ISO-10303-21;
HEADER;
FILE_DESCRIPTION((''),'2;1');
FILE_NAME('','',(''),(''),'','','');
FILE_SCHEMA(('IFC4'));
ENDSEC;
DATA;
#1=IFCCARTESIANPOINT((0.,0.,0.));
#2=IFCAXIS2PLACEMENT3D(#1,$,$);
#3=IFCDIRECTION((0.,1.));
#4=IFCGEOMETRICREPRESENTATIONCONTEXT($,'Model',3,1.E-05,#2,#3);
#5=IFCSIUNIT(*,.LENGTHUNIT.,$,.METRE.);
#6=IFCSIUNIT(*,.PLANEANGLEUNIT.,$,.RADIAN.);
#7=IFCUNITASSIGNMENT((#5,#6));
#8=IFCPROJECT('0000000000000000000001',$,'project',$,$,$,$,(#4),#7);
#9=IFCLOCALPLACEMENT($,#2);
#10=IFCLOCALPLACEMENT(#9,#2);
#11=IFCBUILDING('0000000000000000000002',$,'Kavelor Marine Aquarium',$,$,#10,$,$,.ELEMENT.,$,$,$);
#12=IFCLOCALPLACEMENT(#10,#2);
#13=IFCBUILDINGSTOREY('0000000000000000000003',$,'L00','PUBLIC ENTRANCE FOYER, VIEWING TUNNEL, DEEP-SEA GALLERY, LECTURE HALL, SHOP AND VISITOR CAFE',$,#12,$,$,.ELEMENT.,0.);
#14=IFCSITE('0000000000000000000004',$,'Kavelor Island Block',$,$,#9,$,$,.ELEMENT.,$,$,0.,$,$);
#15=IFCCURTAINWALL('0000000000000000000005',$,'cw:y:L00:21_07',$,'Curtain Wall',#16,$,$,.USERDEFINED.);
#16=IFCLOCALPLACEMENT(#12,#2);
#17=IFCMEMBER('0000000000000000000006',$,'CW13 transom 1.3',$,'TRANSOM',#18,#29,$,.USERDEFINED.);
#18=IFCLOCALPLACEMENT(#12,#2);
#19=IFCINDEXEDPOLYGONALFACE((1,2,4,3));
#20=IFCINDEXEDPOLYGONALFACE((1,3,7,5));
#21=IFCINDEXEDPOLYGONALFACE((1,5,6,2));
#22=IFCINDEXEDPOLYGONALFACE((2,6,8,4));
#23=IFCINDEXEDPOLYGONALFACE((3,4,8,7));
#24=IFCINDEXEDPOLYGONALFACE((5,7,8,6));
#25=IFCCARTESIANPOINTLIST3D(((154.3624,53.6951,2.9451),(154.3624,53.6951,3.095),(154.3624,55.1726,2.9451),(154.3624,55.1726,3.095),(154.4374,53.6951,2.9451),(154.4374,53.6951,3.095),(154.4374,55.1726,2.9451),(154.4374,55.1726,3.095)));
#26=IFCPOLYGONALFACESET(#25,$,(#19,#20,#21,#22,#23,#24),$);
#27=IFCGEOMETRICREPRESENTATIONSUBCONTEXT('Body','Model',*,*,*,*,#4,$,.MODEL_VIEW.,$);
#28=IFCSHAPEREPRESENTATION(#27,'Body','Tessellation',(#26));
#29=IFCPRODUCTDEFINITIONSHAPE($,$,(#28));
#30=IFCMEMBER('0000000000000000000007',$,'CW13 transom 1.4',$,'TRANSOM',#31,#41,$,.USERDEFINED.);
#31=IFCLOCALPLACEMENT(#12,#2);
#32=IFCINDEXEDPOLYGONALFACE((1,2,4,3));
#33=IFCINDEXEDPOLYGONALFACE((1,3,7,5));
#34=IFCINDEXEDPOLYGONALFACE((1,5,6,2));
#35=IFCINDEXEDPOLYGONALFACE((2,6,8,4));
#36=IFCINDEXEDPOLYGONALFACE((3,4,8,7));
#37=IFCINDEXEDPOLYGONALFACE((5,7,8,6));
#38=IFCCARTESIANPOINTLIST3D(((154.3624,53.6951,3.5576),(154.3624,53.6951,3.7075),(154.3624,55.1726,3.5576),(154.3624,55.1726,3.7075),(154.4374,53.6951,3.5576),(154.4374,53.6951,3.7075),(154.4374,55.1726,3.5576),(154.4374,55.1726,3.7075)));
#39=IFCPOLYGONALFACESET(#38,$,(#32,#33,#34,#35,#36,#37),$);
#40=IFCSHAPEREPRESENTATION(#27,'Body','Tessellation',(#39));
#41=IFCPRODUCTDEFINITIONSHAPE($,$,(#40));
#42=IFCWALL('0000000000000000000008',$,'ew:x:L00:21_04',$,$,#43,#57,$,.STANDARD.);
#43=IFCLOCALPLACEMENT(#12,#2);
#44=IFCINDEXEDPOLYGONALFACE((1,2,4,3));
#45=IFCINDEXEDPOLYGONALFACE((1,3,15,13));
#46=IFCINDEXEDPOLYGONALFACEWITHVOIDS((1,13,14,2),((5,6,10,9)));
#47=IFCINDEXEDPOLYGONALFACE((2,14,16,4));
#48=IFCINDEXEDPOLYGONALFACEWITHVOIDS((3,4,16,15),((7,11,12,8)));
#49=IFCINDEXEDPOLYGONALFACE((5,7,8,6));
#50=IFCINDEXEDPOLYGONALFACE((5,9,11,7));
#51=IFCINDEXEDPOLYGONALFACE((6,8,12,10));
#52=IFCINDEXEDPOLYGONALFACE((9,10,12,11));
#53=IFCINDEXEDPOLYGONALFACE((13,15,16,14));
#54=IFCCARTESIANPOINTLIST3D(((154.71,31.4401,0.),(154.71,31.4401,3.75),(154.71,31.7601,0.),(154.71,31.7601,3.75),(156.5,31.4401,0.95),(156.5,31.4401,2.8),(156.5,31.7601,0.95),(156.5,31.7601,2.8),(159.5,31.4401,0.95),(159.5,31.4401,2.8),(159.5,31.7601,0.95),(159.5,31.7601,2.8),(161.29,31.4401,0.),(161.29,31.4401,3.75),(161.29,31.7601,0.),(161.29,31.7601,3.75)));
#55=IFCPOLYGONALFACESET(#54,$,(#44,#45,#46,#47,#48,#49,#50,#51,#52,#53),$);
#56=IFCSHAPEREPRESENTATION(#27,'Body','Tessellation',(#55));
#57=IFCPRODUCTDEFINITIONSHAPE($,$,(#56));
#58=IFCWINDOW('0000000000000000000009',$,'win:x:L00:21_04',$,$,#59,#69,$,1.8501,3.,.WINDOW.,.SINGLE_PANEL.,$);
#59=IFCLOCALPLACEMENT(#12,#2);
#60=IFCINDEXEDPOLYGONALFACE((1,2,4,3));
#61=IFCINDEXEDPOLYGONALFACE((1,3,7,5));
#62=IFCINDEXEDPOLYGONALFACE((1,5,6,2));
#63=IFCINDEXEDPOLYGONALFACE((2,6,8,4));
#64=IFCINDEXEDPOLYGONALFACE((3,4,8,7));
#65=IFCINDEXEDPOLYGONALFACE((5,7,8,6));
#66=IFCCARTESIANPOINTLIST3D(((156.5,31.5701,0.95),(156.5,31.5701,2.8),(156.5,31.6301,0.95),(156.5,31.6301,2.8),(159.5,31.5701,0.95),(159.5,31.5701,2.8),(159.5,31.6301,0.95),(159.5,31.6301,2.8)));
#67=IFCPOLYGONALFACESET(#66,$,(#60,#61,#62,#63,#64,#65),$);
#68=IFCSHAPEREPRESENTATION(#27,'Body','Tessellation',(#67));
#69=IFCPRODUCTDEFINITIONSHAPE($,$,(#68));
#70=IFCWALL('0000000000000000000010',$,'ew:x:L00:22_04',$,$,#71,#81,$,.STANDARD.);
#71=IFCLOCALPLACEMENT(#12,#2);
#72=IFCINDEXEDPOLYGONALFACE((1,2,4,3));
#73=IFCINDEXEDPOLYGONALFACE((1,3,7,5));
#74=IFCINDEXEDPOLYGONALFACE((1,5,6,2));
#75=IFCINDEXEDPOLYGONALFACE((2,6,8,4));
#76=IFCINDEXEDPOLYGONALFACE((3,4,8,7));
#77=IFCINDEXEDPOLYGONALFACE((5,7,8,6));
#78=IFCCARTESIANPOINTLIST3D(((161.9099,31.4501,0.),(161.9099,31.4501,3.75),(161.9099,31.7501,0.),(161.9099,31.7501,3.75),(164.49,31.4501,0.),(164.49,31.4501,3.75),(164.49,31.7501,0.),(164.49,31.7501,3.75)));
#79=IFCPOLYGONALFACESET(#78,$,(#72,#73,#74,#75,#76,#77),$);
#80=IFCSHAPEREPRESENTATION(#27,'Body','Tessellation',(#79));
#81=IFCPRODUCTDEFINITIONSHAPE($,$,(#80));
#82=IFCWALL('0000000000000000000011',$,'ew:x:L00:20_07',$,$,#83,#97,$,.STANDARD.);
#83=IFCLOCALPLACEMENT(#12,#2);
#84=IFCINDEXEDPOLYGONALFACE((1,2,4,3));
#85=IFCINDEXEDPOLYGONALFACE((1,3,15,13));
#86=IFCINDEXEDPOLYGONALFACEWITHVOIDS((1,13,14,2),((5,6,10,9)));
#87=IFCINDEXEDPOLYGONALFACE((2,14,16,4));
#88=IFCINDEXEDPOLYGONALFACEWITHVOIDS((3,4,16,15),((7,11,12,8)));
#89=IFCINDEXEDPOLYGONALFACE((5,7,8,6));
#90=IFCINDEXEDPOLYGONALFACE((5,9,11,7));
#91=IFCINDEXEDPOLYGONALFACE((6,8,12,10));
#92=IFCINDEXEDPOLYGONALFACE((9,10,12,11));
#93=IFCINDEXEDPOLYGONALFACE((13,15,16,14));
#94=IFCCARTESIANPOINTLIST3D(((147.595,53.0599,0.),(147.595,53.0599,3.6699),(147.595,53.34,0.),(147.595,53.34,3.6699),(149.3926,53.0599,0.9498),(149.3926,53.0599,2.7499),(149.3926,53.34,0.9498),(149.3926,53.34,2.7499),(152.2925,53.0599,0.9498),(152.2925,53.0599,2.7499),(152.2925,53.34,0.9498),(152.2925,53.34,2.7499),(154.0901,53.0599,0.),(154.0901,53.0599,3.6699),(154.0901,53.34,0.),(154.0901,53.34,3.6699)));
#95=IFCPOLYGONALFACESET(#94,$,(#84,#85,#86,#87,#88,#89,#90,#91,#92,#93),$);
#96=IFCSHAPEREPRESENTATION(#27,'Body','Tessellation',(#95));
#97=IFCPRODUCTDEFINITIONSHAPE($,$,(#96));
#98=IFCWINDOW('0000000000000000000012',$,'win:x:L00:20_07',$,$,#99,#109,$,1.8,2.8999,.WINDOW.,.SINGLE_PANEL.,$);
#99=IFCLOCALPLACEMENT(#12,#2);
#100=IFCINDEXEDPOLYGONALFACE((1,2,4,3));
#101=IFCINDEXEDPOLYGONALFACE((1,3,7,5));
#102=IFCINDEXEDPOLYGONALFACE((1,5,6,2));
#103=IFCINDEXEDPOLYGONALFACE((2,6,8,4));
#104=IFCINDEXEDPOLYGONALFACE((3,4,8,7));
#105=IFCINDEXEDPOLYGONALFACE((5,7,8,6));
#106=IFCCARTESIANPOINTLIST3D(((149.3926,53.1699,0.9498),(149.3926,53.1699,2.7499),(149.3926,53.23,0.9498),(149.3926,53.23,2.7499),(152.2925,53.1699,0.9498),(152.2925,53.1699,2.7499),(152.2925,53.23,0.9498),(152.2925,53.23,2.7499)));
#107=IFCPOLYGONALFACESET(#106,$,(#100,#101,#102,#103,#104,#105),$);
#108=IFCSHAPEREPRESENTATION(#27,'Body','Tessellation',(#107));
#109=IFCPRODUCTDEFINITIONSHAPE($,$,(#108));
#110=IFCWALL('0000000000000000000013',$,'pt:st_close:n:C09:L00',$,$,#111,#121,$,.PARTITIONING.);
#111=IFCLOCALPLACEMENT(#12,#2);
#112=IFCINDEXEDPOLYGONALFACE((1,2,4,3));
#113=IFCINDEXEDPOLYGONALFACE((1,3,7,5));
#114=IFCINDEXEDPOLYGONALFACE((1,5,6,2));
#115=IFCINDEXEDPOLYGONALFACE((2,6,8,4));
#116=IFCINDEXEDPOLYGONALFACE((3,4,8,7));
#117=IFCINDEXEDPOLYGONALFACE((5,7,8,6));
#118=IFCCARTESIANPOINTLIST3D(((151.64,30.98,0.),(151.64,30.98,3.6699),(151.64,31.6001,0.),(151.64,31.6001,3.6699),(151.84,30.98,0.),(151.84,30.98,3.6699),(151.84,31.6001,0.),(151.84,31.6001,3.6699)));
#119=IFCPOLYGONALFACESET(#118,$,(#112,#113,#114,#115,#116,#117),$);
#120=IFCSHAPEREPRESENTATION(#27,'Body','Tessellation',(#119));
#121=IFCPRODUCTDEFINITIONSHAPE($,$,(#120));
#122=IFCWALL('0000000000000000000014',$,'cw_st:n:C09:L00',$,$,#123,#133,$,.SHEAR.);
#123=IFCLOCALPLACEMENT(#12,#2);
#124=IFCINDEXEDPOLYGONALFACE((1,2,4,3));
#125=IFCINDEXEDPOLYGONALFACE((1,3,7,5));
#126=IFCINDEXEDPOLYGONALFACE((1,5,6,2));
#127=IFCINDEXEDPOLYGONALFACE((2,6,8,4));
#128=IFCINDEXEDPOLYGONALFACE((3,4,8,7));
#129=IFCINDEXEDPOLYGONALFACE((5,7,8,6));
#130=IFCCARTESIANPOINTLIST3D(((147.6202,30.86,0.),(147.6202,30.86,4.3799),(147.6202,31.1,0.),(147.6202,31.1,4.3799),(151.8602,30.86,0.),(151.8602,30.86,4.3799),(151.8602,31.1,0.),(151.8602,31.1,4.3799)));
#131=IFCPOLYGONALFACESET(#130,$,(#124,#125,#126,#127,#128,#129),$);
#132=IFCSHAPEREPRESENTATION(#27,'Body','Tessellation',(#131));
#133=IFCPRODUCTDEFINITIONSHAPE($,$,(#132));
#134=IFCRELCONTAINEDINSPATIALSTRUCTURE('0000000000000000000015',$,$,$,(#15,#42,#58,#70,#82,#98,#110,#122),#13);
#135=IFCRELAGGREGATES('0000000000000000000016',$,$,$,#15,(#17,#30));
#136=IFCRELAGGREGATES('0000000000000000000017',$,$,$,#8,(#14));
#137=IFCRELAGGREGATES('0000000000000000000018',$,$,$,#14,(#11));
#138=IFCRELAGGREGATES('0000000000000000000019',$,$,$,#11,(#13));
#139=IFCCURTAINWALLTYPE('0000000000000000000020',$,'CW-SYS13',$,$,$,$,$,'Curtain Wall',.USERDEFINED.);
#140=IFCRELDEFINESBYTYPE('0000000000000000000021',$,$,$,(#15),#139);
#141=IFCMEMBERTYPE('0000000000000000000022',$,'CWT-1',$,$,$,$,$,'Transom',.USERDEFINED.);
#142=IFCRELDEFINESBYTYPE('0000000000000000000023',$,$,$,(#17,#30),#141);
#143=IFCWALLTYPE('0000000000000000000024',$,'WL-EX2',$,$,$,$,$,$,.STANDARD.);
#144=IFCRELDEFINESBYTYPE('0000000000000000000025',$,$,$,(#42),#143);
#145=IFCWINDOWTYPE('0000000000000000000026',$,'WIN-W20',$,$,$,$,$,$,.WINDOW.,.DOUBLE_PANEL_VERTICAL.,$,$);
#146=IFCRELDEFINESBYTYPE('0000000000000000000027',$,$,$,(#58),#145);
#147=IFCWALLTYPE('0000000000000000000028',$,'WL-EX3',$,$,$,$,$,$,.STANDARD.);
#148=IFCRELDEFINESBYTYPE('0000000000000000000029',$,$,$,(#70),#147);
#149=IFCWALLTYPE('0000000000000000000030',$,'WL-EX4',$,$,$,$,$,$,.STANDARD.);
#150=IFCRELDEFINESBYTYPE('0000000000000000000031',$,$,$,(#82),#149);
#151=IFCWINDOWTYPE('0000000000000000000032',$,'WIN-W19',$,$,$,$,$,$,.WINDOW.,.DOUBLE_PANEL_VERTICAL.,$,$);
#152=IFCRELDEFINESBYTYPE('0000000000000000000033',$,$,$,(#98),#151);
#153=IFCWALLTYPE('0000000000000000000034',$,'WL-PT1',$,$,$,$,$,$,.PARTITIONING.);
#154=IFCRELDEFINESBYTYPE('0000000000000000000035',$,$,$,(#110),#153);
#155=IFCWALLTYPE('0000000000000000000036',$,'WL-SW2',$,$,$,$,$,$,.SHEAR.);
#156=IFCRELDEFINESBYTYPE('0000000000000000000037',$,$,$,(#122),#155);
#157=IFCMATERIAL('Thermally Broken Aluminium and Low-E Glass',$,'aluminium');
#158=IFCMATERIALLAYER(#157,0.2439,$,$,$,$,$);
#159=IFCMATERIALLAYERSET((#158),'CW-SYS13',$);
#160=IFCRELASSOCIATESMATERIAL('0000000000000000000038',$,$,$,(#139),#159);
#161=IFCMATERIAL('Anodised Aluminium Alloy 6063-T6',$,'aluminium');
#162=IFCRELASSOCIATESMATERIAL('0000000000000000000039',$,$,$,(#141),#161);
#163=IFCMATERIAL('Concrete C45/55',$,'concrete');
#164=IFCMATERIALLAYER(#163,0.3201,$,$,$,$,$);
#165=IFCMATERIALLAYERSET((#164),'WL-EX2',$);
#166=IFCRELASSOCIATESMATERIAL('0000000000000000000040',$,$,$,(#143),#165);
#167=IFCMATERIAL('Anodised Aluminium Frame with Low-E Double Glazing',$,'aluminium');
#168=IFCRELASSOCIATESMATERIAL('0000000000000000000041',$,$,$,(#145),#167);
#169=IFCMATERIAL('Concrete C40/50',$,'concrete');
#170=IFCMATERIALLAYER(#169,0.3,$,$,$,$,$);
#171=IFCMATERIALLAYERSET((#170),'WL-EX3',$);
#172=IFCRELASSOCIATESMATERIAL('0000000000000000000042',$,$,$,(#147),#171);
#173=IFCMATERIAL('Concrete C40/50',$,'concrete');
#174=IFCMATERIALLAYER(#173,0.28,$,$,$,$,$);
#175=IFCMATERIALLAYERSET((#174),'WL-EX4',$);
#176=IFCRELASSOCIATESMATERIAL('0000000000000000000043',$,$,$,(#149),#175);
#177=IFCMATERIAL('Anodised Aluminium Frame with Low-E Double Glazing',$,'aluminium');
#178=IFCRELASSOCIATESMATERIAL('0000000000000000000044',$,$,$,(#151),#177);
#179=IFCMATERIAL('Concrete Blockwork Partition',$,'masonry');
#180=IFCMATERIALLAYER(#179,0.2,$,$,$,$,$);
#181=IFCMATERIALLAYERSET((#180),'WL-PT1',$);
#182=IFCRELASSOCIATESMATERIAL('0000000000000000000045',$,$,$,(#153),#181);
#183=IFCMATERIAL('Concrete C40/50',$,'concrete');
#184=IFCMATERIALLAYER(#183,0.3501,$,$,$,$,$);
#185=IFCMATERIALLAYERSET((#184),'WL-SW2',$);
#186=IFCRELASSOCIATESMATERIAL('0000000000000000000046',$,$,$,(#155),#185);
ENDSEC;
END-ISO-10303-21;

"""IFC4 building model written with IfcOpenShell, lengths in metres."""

from ifc_helpers import new_model, si_unit, direction, frame, frame_2d, origin, origin_2d, place, context, subcontext, project, spatial, rectangle, extrude, material, layer, layer_set, material_profile, profile_set, type_object, element, fill, aggregate, save


model = new_model("IFC4")

# Units and contexts
model_context = context("Model", 3, precision=1e-05, world=origin(), true_north=direction((0.0, 1.0)))
body_context = subcontext(model_context, "Body", "Model", "MODEL_VIEW")
ifc_project = project(units=[si_unit("LENGTHUNIT", "METRE"), si_unit("PLANEANGLEUNIT", "RADIAN")], contexts=[model_context])

# Site, building, storey
site_placement = place(None, origin())
site = spatial("IfcSite", under=ifc_project, at=site_placement, Name="Kavelor Island Block", CompositionType="ELEMENT", RefElevation=0.0)
building_placement = place(site_placement, origin())
building = spatial("IfcBuilding", under=site, at=building_placement, Name="Kavelor Marine Aquarium", CompositionType="ELEMENT")
storey_placement = place(building_placement, origin())
storey = spatial("IfcBuildingStorey", under=building, at=storey_placement, Name="L00", Description="PUBLIC ENTRANCE FOYER, VIEWING TUNNEL, DEEP-SEA GALLERY, LECTURE HALL, SHOP AND VISITOR CAFE", CompositionType="ELEMENT", Elevation=0.0)

# Curtain wall
ifc_material_1 = material(Name="Thermally Broken Aluminium and Low-E Glass", Category="aluminium")
ifc_layer_1 = layer(ifc_material_1, 0.2439)
ifc_layer_set_1 = layer_set([ifc_layer_1], Name="CW-SYS13")
curtain_wall_type_1 = type_object("IfcCurtainWallType", Name="CW-SYS13", ElementType="Curtain Wall", PredefinedType="USERDEFINED", material=ifc_layer_set_1)
curtain_wall_1_placement = place(storey_placement, origin())
curtain_wall_1 = element("IfcCurtainWall", 1, at=curtain_wall_1_placement, inside=storey, type_object=curtain_wall_type_1, Name="cw:y:L00:21_07", ObjectType="Curtain Wall", PredefinedType="USERDEFINED")

# Members
ifc_material_2 = material(Name="Anodised Aluminium Alloy 6063-T6", Category="aluminium")
ifc_material_profile_1 = material_profile(ifc_material_2, rectangle(XDim=0.075, YDim=0.1499, at=origin_2d()), Name="CW-TRN 75x150")
ifc_profile_set_1 = profile_set([ifc_material_profile_1], Name="Anodised Aluminium Alloy 6063-T6")
member_type_1 = type_object("IfcMemberType", Name="CWT-1", ElementType="Transom", PredefinedType="USERDEFINED", material=ifc_profile_set_1)
member_1_placement = place(storey_placement, frame((154.3999, 53.6951, 3.02), z_axis=(0.0, 1.0, 0.0), x_axis=(-1.0, 0.0, 0.0)))
member_1 = element("IfcMember", 2, at=member_1_placement, type_object=member_type_1, Name="CW13 transom 1.3", ObjectType="TRANSOM", PredefinedType="USERDEFINED", context=body_context, shape_type="SweptSolid", body=[
    extrude(rectangle(XDim=0.075, YDim=0.1499, at=origin_2d()), origin(), (0.0, 0.0, 1.0), 1.4775),
])
member_2_placement = place(storey_placement, frame((154.3999, 53.6951, 3.6326), z_axis=(0.0, 1.0, 0.0), x_axis=(-1.0, 0.0, 0.0)))
member_2 = element("IfcMember", 3, at=member_2_placement, type_object=member_type_1, Name="CW13 transom 1.4", ObjectType="TRANSOM", PredefinedType="USERDEFINED", context=body_context, shape_type="SweptSolid", body=[
    extrude(rectangle(XDim=0.075, YDim=0.1499, at=origin_2d()), origin(), (0.0, 0.0, 1.0), 1.4775),
])
aggregate(curtain_wall_1, [member_1, member_2])

# Wall, opening, window
ifc_material_3 = material(Name="Concrete C45/55", Category="concrete")
ifc_layer_2 = layer(ifc_material_3, 0.3201)
ifc_layer_set_2 = layer_set([ifc_layer_2], Name="WL-EX2")
wall_type_1 = type_object("IfcWallType", Name="WL-EX2", PredefinedType="STANDARD", material=ifc_layer_set_2)
wall_1_placement = place(storey_placement, frame((154.71, 31.6001, 0.0), z_axis=(0.0, 0.0, 1.0), x_axis=(1.0, 0.0, 0.0)))
wall_1 = element("IfcWall", 4, at=wall_1_placement, inside=storey, type_object=wall_type_1, Name="ew:x:L00:21_04", PredefinedType="STANDARD", context=body_context, shape_type="SweptSolid", body=[
    extrude(rectangle(XDim=6.5801, YDim=0.3201, at=frame_2d((3.29, 0.0))), origin(), (0.0, 0.0, 1.0), 3.75),
])
opening_1_placement = place(wall_1_placement, frame((1.79, 0.0, 0.95)))
opening_1 = element("IfcOpeningElement", 5, at=opening_1_placement, cuts=wall_1, PredefinedType="OPENING", context=body_context, shape_type="SweptSolid", body=[
    extrude(rectangle(XDim=3.0, YDim=1.8501, at=frame_2d((1.5, 0.925))), frame((0.0, 0.1699, 0.0), z_axis=(0.0, -1.0, 0.0), x_axis=(1.0, 0.0, 0.0)), (0.0, 0.0, 1.0), 0.3401),
])
ifc_material_4 = material(Name="Anodised Aluminium Frame with Low-E Double Glazing", Category="aluminium")
window_type_1 = type_object("IfcWindowType", Name="WIN-W20", PartitioningType="DOUBLE_PANEL_VERTICAL", PredefinedType="WINDOW", material=ifc_material_4)
window_1_placement = place(opening_1_placement, origin())
window_1 = element("IfcWindow", 6, at=window_1_placement, inside=storey, type_object=window_type_1, Name="win:x:L00:21_04", OverallHeight=1.8501, OverallWidth=3.0, PartitioningType="SINGLE_PANEL", PredefinedType="WINDOW", context=body_context, shape_type="SweptSolid", body=[
    extrude(rectangle(XDim=3.0, YDim=1.8501, at=frame_2d((1.5, 0.925))), frame((0.0, 0.03, 0.0), z_axis=(0.0, -1.0, 0.0), x_axis=(1.0, 0.0, 0.0)), (0.0, 0.0, 1.0), 0.0601),
])
fill(opening_1, window_1)

# Wall
ifc_material_5 = material(Name="Concrete C40/50", Category="concrete")
ifc_layer_3 = layer(ifc_material_5, 0.3)
ifc_layer_set_3 = layer_set([ifc_layer_3], Name="WL-EX3")
wall_type_2 = type_object("IfcWallType", Name="WL-EX3", PredefinedType="STANDARD", material=ifc_layer_set_3)
wall_2_placement = place(storey_placement, frame((161.9099, 31.6001, 0.0), z_axis=(0.0, 0.0, 1.0), x_axis=(1.0, 0.0, 0.0)))
element("IfcWall", 7, at=wall_2_placement, inside=storey, type_object=wall_type_2, Name="ew:x:L00:22_04", PredefinedType="STANDARD", context=body_context, shape_type="SweptSolid", body=[
    extrude(rectangle(XDim=2.5801, YDim=0.3, at=frame_2d((1.29, 0.0))), origin(), (0.0, 0.0, 1.0), 3.75),
])

# Wall, opening, window
ifc_material_6 = material(Name="Concrete C40/50", Category="concrete")
ifc_layer_4 = layer(ifc_material_6, 0.28)
ifc_layer_set_4 = layer_set([ifc_layer_4], Name="WL-EX4")
wall_type_3 = type_object("IfcWallType", Name="WL-EX4", PredefinedType="STANDARD", material=ifc_layer_set_4)
wall_3_placement = place(storey_placement, frame((154.0901, 53.2, 0.0), z_axis=(0.0, 0.0, 1.0), x_axis=(-1.0, 0.0, 0.0)))
wall_3 = element("IfcWall", 8, at=wall_3_placement, inside=storey, type_object=wall_type_3, Name="ew:x:L00:20_07", PredefinedType="STANDARD", context=body_context, shape_type="SweptSolid", body=[
    extrude(rectangle(XDim=6.4951, YDim=0.28, at=frame_2d((3.2476, 0.0))), origin(), (0.0, 0.0, 1.0), 3.6699),
])
opening_2_placement = place(wall_3_placement, frame((1.7976, 0.0, 0.95)))
opening_2 = element("IfcOpeningElement", 9, at=opening_2_placement, cuts=wall_3, PredefinedType="OPENING", context=body_context, shape_type="SweptSolid", body=[
    extrude(rectangle(XDim=2.8999, YDim=1.8, at=frame_2d((1.45, 0.8999))), frame((0.0, 0.1499, 0.0), z_axis=(0.0, -1.0, 0.0), x_axis=(1.0, 0.0, 0.0)), (0.0, 0.0, 1.0), 0.3),
])
ifc_material_7 = material(Name="Anodised Aluminium Frame with Low-E Double Glazing", Category="aluminium")
window_type_2 = type_object("IfcWindowType", Name="WIN-W19", PartitioningType="DOUBLE_PANEL_VERTICAL", PredefinedType="WINDOW", material=ifc_material_7)
window_2_placement = place(opening_2_placement, origin())
window_2 = element("IfcWindow", 10, at=window_2_placement, inside=storey, type_object=window_type_2, Name="win:x:L00:20_07", OverallHeight=1.8, OverallWidth=2.8999, PartitioningType="SINGLE_PANEL", PredefinedType="WINDOW", context=body_context, shape_type="SweptSolid", body=[
    extrude(rectangle(XDim=2.8999, YDim=1.8, at=frame_2d((1.45, 0.8999))), frame((0.0, 0.03, 0.0), z_axis=(0.0, -1.0, 0.0), x_axis=(1.0, 0.0, 0.0)), (0.0, 0.0, 1.0), 0.0601),
])
fill(opening_2, window_2)

# Walls
ifc_material_8 = material(Name="Concrete Blockwork Partition", Category="masonry")
ifc_layer_5 = layer(ifc_material_8, 0.2)
ifc_layer_set_5 = layer_set([ifc_layer_5], Name="WL-PT1")
wall_type_4 = type_object("IfcWallType", Name="WL-PT1", PredefinedType="PARTITIONING", material=ifc_layer_set_5)
wall_4_placement = place(storey_placement, frame((151.74, 30.98, 0.0), z_axis=(0.0, 0.0, 1.0), x_axis=(0.0, 1.0, 0.0)))
element("IfcWall", 11, at=wall_4_placement, inside=storey, type_object=wall_type_4, Name="pt:st_close:n:C09:L00", PredefinedType="PARTITIONING", context=body_context, shape_type="SweptSolid", body=[
    extrude(rectangle(XDim=0.6201, YDim=0.2, at=frame_2d((0.3101, 0.0))), origin(), (0.0, 0.0, 1.0), 3.6699),
])
ifc_material_9 = material(Name="Concrete C40/50", Category="concrete")
ifc_layer_6 = layer(ifc_material_9, 0.3501)
ifc_layer_set_6 = layer_set([ifc_layer_6], Name="WL-SW2")
wall_type_5 = type_object("IfcWallType", Name="WL-SW2", PredefinedType="SHEAR", material=ifc_layer_set_6)
wall_5_placement = place(storey_placement, frame((147.6201, 30.98, 0.0), z_axis=(0.0, 0.0, 1.0), x_axis=(1.0, 0.0, 0.0)))
element("IfcWall", 12, at=wall_5_placement, inside=storey, type_object=wall_type_5, Name="cw_st:n:C09:L00", PredefinedType="SHEAR", context=body_context, shape_type="SweptSolid", body=[
    extrude(rectangle(XDim=4.24, YDim=0.24, at=frame_2d((2.1201, 0.0))), origin(), (0.0, 0.0, 1.0), 4.3799),
])

save(model, "model.ifc")
